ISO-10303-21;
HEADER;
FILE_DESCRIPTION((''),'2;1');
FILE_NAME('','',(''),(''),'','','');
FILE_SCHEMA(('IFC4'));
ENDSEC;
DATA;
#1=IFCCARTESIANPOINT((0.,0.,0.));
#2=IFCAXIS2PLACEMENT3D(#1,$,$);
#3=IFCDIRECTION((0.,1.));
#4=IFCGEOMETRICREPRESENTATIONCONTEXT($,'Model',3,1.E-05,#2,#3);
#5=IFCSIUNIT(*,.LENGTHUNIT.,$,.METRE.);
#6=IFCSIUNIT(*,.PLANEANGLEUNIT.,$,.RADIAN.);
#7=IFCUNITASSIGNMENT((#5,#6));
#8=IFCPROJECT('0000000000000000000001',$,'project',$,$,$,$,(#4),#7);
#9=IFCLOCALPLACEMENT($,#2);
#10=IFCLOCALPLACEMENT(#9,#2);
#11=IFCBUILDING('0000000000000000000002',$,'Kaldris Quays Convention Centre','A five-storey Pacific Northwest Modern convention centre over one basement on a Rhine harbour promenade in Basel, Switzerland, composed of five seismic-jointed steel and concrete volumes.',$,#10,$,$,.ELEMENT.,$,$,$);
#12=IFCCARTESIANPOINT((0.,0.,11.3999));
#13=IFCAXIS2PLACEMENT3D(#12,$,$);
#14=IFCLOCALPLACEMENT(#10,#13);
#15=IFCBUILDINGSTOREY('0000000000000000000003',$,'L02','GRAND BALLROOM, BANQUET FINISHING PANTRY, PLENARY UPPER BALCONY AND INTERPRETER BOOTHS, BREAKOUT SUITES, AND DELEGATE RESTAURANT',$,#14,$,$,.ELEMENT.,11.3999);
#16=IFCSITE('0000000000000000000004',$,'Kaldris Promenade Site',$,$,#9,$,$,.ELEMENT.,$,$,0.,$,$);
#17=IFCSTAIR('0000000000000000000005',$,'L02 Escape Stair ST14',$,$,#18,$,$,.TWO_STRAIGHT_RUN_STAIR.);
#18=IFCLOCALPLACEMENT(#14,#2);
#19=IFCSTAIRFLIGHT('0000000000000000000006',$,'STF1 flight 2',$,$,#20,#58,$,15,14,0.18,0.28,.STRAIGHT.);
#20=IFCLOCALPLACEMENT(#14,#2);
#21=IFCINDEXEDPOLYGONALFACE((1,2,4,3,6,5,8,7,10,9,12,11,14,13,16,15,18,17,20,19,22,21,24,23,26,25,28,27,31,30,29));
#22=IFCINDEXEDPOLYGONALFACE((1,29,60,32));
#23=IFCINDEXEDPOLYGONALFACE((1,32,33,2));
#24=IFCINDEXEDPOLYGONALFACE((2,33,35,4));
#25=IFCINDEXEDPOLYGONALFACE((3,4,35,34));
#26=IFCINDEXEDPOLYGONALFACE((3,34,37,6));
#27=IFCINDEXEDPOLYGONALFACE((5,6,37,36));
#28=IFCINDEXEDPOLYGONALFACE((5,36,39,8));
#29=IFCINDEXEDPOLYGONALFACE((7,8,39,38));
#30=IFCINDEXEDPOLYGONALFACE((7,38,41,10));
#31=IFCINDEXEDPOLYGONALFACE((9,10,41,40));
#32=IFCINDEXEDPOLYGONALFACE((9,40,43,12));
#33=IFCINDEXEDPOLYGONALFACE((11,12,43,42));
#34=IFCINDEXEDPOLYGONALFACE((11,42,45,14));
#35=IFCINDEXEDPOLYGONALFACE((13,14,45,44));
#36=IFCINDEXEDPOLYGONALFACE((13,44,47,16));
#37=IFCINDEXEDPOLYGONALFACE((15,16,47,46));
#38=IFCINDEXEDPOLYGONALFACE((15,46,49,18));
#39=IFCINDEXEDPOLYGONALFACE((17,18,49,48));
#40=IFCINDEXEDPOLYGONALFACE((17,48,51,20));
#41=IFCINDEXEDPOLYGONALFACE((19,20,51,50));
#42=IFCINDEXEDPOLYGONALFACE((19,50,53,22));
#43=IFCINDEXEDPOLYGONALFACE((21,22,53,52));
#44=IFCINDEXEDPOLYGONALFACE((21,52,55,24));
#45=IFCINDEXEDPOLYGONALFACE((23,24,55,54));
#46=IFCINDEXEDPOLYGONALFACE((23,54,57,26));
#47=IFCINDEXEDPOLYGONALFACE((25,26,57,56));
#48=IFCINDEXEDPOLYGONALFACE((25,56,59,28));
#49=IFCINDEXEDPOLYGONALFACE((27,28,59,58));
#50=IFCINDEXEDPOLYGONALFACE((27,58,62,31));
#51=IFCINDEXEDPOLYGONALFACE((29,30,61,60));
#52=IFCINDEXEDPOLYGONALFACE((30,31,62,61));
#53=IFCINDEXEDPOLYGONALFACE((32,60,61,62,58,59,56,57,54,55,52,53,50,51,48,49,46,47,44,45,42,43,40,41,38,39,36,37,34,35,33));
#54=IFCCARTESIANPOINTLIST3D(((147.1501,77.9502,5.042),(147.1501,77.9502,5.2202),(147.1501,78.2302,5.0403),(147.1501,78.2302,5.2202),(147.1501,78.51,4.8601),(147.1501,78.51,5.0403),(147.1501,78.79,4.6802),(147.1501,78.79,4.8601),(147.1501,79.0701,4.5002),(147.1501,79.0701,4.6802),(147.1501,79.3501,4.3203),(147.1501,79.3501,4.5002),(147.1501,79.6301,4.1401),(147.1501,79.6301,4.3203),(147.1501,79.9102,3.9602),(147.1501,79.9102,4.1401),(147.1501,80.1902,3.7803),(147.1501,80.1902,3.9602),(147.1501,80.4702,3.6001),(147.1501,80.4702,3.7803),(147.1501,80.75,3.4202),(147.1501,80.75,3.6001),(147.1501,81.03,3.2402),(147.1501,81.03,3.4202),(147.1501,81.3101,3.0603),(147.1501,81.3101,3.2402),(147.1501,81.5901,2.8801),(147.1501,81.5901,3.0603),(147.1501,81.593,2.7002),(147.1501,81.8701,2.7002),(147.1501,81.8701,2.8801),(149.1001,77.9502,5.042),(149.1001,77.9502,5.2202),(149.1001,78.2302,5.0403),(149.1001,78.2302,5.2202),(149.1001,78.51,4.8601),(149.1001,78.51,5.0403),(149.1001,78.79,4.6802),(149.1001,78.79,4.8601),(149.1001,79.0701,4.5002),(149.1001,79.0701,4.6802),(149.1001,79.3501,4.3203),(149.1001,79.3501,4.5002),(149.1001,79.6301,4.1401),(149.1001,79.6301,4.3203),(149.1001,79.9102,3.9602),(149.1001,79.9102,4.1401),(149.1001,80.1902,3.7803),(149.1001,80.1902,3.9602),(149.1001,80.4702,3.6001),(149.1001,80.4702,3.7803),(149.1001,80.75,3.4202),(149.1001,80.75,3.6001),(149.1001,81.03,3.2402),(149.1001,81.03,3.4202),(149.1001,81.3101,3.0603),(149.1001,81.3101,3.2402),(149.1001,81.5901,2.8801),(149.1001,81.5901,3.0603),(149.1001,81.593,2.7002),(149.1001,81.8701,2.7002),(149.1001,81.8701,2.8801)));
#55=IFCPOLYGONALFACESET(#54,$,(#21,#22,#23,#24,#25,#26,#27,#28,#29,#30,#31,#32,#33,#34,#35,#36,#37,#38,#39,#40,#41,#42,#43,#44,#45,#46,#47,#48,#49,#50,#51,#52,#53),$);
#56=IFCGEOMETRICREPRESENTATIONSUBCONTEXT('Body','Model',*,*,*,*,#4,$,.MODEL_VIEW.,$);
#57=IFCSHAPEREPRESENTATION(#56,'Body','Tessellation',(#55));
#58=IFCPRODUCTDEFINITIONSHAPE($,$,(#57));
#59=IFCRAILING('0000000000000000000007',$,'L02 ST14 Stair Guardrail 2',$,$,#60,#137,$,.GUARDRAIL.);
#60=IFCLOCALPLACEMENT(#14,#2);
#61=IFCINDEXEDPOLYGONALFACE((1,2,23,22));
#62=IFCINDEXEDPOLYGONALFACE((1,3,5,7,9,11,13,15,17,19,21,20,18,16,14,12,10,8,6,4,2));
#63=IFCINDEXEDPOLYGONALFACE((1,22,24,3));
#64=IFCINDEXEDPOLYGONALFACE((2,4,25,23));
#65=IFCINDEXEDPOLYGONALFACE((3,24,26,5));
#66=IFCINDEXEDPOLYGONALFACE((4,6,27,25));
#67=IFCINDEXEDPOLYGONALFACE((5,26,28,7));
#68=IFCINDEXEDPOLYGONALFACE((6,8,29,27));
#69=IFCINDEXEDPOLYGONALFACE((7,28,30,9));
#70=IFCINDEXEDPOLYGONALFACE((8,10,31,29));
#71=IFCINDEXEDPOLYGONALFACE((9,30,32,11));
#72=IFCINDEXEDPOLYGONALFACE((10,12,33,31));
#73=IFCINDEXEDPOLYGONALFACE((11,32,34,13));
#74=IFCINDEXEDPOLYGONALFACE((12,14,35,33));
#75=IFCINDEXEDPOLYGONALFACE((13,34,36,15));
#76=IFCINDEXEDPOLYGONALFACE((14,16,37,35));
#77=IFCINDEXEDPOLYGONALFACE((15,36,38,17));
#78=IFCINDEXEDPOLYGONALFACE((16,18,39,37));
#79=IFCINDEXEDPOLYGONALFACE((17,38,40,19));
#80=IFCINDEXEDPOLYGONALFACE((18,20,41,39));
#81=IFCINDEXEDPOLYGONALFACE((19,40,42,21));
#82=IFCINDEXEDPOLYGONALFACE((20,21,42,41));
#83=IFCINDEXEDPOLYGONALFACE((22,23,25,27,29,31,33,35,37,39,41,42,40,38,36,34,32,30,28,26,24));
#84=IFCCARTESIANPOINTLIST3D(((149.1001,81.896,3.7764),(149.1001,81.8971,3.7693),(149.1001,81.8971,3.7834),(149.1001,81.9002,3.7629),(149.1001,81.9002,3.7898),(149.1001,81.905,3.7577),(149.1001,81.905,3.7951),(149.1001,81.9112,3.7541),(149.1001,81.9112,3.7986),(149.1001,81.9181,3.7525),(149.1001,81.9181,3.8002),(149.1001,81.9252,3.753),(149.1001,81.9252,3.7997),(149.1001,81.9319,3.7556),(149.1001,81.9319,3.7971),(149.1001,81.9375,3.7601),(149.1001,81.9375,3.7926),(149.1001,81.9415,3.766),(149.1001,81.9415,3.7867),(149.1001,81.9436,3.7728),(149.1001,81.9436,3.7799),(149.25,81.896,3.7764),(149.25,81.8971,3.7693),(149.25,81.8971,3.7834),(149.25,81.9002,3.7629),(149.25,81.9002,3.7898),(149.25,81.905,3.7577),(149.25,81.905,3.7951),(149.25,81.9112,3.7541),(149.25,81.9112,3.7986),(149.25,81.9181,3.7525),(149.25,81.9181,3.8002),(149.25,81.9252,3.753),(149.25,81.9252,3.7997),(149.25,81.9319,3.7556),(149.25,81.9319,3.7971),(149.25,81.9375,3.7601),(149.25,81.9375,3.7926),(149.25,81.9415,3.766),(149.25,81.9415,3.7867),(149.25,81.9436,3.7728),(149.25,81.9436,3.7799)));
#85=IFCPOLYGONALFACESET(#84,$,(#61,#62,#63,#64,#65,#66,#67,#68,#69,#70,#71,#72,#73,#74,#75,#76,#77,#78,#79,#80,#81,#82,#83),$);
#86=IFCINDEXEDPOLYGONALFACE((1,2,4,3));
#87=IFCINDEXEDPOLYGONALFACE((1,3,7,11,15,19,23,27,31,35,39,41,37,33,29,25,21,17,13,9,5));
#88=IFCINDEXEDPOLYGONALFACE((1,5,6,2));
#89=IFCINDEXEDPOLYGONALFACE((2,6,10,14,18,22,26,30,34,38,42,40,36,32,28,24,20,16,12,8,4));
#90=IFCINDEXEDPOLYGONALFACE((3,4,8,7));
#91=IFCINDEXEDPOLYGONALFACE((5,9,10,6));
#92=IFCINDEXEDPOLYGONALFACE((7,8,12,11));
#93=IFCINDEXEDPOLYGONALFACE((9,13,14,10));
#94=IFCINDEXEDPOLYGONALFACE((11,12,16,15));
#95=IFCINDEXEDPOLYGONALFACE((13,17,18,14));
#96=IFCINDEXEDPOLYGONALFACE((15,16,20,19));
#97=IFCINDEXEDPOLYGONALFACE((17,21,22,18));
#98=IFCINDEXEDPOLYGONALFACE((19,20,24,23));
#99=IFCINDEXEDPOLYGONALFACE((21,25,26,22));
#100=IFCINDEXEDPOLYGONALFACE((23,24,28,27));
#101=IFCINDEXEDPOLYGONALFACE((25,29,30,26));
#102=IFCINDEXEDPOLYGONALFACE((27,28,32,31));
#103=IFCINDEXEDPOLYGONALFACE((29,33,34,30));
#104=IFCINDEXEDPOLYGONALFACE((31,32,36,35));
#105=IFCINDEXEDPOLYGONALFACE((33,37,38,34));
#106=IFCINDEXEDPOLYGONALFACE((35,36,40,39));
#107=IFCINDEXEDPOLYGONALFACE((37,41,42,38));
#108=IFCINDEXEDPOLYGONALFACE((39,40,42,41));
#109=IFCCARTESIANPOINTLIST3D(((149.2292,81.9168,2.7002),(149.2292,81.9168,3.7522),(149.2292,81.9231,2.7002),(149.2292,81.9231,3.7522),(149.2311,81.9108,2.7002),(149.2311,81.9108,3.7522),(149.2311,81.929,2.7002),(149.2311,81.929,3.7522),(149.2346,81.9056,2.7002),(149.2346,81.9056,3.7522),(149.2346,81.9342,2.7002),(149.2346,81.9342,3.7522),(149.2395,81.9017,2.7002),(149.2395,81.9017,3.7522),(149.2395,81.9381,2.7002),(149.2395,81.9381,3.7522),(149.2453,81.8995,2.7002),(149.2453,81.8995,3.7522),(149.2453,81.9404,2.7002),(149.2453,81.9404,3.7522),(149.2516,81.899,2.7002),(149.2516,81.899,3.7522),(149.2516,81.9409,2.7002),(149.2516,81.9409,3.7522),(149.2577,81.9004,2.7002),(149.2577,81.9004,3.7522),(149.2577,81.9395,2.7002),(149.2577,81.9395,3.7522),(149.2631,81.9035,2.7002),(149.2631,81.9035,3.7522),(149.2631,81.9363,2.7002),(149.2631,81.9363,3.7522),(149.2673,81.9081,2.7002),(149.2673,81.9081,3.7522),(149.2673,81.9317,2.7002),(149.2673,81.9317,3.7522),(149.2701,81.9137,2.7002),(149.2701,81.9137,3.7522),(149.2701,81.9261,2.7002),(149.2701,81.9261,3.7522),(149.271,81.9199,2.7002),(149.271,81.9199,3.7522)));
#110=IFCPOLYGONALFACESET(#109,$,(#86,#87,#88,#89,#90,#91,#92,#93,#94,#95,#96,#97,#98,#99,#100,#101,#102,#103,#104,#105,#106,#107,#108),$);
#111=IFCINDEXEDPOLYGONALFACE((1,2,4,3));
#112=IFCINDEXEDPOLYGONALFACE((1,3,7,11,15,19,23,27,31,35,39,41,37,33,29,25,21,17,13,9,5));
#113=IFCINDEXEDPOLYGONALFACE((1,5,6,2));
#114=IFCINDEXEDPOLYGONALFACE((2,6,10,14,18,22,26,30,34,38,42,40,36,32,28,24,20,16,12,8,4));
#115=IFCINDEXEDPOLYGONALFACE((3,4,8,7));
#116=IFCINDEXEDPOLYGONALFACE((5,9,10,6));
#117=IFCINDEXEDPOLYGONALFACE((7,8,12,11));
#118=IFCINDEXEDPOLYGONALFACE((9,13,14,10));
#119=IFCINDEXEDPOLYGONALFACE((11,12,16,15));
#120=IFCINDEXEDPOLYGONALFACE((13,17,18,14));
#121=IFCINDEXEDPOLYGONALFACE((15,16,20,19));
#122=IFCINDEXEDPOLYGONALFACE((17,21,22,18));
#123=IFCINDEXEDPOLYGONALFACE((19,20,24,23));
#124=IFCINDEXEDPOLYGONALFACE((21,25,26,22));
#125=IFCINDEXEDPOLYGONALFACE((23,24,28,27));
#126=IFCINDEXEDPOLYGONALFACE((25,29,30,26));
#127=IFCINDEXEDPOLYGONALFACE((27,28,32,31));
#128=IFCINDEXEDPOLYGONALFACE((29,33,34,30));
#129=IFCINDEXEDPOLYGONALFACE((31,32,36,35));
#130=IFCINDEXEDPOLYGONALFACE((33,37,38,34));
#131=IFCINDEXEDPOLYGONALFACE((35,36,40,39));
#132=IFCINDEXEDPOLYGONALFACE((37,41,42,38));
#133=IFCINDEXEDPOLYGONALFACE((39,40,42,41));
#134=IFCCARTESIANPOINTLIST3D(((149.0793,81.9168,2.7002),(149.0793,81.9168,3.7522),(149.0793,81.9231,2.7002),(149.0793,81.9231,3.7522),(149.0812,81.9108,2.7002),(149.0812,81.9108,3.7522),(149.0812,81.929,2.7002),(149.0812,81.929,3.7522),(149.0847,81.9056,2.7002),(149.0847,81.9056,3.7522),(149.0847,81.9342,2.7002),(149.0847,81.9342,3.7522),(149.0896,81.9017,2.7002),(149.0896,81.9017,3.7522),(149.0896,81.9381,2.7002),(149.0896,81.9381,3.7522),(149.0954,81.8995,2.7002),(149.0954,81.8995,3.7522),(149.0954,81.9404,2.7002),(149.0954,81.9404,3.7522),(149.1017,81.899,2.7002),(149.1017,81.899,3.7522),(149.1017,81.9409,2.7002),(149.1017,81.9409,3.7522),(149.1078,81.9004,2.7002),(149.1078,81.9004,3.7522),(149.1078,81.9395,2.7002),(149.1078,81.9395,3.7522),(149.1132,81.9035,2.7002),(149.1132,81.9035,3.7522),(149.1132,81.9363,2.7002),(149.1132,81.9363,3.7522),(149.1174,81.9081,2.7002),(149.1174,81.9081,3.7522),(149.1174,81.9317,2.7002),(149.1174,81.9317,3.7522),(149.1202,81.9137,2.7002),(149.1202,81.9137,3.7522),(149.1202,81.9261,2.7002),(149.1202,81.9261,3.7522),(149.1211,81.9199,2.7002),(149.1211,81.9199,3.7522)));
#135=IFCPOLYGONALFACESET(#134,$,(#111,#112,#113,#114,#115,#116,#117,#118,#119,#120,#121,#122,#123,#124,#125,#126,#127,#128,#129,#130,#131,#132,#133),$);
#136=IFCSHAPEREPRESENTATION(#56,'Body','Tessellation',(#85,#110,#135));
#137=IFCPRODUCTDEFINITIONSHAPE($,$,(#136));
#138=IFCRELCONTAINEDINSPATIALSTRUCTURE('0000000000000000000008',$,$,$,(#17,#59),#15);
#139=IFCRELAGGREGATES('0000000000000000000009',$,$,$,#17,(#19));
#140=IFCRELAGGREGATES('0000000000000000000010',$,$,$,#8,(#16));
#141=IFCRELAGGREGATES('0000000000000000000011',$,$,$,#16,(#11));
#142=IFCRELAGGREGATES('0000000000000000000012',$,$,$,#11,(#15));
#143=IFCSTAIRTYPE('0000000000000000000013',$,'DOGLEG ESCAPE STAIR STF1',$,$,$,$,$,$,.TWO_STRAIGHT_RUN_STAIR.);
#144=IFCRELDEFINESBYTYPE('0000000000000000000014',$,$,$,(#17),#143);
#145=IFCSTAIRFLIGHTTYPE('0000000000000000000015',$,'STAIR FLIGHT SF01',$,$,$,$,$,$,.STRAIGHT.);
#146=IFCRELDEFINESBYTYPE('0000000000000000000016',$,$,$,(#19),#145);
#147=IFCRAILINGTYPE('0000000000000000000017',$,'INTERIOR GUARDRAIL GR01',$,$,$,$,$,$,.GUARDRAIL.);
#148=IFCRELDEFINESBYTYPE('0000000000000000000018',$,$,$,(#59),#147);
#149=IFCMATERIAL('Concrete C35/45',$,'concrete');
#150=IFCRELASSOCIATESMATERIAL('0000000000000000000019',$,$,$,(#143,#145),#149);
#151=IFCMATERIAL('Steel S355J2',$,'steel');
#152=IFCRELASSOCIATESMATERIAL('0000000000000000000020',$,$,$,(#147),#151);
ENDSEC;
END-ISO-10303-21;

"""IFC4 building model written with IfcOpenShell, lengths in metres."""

from ifc_helpers import new_model, si_unit, direction, frame, origin, origin_2d, place, context, subcontext, project, spatial, polyline, circle, outline, extrude, material, type_object, element, aggregate, save


model = new_model("IFC4")

# Units and contexts
model_context = context("Model", 3, precision=1e-05, world=origin(), true_north=direction((0.0, 1.0)))
body_context = subcontext(model_context, "Body", "Model", "MODEL_VIEW")
ifc_project = project(units=[si_unit("LENGTHUNIT", "METRE"), si_unit("PLANEANGLEUNIT", "RADIAN")], contexts=[model_context])

# Site, building, storey
site_placement = place(None, origin())
site = spatial("IfcSite", under=ifc_project, at=site_placement, Name="Kaldris Promenade Site", CompositionType="ELEMENT", RefElevation=0.0)
building_placement = place(site_placement, origin())
building = spatial("IfcBuilding", under=site, at=building_placement, Name="Kaldris Quays Convention Centre", Description="A five-storey Pacific Northwest Modern convention centre over one basement on a Rhine harbour promenade in Basel, Switzerland, composed of five seismic-jointed steel and concrete volumes.", CompositionType="ELEMENT")
storey_placement = place(building_placement, frame((0.0, 0.0, 11.3999)))
storey = spatial("IfcBuildingStorey", under=building, at=storey_placement, Name="L02", Description="GRAND BALLROOM, BANQUET FINISHING PANTRY, PLENARY UPPER BALCONY AND INTERPRETER BOOTHS, BREAKOUT SUITES, AND DELEGATE RESTAURANT", CompositionType="ELEMENT", Elevation=11.3999)

# Shared definitions
ifc_material_1 = material(Name="Steel S355J2", Category="steel")

# Stair, stair flight
ifc_material_2 = material(Name="Concrete C35/45", Category="concrete")
stair_type = type_object("IfcStairType", Name="DOGLEG ESCAPE STAIR STF1", PredefinedType="TWO_STRAIGHT_RUN_STAIR", material=ifc_material_2)
stair_placement = place(storey_placement, origin())
stair = element("IfcStair", 1, at=stair_placement, inside=storey, type_object=stair_type, Name="L02 Escape Stair ST14", PredefinedType="TWO_STRAIGHT_RUN_STAIR")
stair_flight_type = type_object("IfcStairFlightType", Name="STAIR FLIGHT SF01", PredefinedType="STRAIGHT", material=ifc_material_2)
stair_flight_placement = place(storey_placement, frame((148.125, 81.8701, 2.7002), z_axis=(0.0, 0.0, 1.0), x_axis=(0.0, -1.0, 0.0)))
stair_flight = element("IfcStairFlight", 2, at=stair_flight_placement, type_object=stair_flight_type, Name="STF1 flight 2", NumberOfRisers=15, NumberOfTreads=14, PredefinedType="STRAIGHT", RiserHeight=0.18, TreadLength=0.28, context=body_context, shape_type="SweptSolid", body=[
    extrude(outline(polyline([(0.0, 0.0), (0.0, 0.1799), (0.28, 0.1799), (0.28, 0.3601), (0.5601, 0.3601), (0.5601, 0.54), (0.8401, 0.54), (0.8401, 0.72), (1.1201, 0.72), (1.1201, 0.8999), (1.3999, 0.8999), (1.3999, 1.0801), (1.6799, 1.0801), (1.6799, 1.26), (1.96, 1.26), (1.96, 1.4399), (2.24, 1.4399), (2.24, 1.6201), (2.52, 1.6201), (2.52, 1.8), (2.8, 1.8), (2.8, 1.98), (3.0801, 1.98), (3.0801, 2.1599), (3.3601, 2.1599), (3.3601, 2.3401), (3.6399, 2.3401), (3.6399, 2.52), (3.9199, 2.52), (3.9199, 2.7), (3.9199, 2.3418), (0.2771, 0.0), (0.0, 0.0)])), frame((0.0, 0.9751, 0.0), z_axis=(0.0, -1.0, 0.0), x_axis=(1.0, 0.0, 0.0)), (0.0, 0.0, 1.0), 1.95),
])
aggregate(stair, [stair_flight])

# Railing
railing_type_1 = type_object("IfcRailingType", Name="INTERIOR GUARDRAIL GR01", PredefinedType="GUARDRAIL", material=ifc_material_1)
railing_1_placement = place(storey_placement, frame((149.25, 81.9199, 2.7002)))
element("IfcRailing", 3, at=railing_1_placement, inside=storey, type_object=railing_type_1, Name="L02 ST14 Stair Guardrail 2", PredefinedType="GUARDRAIL", context=body_context, shape_type="SweptSolid", body=[
    extrude(circle(Radius=0.0239, at=origin_2d()), frame((0.0, 0.0, 1.0762), z_axis=(-1.0, 0.0, 0.0), x_axis=(0.0, -1.0, 0.0)), (0.0, 0.0, 1.0), 0.1499),
    extrude(circle(Radius=0.021, at=origin_2d()), origin(), (0.0, 0.0, 1.0), 1.052),
    extrude(circle(Radius=0.021, at=origin_2d()), frame((-0.1499, 0.0, 0.0)), (0.0, 0.0, 1.0), 1.052),
])

save(model, "model.ifc")
